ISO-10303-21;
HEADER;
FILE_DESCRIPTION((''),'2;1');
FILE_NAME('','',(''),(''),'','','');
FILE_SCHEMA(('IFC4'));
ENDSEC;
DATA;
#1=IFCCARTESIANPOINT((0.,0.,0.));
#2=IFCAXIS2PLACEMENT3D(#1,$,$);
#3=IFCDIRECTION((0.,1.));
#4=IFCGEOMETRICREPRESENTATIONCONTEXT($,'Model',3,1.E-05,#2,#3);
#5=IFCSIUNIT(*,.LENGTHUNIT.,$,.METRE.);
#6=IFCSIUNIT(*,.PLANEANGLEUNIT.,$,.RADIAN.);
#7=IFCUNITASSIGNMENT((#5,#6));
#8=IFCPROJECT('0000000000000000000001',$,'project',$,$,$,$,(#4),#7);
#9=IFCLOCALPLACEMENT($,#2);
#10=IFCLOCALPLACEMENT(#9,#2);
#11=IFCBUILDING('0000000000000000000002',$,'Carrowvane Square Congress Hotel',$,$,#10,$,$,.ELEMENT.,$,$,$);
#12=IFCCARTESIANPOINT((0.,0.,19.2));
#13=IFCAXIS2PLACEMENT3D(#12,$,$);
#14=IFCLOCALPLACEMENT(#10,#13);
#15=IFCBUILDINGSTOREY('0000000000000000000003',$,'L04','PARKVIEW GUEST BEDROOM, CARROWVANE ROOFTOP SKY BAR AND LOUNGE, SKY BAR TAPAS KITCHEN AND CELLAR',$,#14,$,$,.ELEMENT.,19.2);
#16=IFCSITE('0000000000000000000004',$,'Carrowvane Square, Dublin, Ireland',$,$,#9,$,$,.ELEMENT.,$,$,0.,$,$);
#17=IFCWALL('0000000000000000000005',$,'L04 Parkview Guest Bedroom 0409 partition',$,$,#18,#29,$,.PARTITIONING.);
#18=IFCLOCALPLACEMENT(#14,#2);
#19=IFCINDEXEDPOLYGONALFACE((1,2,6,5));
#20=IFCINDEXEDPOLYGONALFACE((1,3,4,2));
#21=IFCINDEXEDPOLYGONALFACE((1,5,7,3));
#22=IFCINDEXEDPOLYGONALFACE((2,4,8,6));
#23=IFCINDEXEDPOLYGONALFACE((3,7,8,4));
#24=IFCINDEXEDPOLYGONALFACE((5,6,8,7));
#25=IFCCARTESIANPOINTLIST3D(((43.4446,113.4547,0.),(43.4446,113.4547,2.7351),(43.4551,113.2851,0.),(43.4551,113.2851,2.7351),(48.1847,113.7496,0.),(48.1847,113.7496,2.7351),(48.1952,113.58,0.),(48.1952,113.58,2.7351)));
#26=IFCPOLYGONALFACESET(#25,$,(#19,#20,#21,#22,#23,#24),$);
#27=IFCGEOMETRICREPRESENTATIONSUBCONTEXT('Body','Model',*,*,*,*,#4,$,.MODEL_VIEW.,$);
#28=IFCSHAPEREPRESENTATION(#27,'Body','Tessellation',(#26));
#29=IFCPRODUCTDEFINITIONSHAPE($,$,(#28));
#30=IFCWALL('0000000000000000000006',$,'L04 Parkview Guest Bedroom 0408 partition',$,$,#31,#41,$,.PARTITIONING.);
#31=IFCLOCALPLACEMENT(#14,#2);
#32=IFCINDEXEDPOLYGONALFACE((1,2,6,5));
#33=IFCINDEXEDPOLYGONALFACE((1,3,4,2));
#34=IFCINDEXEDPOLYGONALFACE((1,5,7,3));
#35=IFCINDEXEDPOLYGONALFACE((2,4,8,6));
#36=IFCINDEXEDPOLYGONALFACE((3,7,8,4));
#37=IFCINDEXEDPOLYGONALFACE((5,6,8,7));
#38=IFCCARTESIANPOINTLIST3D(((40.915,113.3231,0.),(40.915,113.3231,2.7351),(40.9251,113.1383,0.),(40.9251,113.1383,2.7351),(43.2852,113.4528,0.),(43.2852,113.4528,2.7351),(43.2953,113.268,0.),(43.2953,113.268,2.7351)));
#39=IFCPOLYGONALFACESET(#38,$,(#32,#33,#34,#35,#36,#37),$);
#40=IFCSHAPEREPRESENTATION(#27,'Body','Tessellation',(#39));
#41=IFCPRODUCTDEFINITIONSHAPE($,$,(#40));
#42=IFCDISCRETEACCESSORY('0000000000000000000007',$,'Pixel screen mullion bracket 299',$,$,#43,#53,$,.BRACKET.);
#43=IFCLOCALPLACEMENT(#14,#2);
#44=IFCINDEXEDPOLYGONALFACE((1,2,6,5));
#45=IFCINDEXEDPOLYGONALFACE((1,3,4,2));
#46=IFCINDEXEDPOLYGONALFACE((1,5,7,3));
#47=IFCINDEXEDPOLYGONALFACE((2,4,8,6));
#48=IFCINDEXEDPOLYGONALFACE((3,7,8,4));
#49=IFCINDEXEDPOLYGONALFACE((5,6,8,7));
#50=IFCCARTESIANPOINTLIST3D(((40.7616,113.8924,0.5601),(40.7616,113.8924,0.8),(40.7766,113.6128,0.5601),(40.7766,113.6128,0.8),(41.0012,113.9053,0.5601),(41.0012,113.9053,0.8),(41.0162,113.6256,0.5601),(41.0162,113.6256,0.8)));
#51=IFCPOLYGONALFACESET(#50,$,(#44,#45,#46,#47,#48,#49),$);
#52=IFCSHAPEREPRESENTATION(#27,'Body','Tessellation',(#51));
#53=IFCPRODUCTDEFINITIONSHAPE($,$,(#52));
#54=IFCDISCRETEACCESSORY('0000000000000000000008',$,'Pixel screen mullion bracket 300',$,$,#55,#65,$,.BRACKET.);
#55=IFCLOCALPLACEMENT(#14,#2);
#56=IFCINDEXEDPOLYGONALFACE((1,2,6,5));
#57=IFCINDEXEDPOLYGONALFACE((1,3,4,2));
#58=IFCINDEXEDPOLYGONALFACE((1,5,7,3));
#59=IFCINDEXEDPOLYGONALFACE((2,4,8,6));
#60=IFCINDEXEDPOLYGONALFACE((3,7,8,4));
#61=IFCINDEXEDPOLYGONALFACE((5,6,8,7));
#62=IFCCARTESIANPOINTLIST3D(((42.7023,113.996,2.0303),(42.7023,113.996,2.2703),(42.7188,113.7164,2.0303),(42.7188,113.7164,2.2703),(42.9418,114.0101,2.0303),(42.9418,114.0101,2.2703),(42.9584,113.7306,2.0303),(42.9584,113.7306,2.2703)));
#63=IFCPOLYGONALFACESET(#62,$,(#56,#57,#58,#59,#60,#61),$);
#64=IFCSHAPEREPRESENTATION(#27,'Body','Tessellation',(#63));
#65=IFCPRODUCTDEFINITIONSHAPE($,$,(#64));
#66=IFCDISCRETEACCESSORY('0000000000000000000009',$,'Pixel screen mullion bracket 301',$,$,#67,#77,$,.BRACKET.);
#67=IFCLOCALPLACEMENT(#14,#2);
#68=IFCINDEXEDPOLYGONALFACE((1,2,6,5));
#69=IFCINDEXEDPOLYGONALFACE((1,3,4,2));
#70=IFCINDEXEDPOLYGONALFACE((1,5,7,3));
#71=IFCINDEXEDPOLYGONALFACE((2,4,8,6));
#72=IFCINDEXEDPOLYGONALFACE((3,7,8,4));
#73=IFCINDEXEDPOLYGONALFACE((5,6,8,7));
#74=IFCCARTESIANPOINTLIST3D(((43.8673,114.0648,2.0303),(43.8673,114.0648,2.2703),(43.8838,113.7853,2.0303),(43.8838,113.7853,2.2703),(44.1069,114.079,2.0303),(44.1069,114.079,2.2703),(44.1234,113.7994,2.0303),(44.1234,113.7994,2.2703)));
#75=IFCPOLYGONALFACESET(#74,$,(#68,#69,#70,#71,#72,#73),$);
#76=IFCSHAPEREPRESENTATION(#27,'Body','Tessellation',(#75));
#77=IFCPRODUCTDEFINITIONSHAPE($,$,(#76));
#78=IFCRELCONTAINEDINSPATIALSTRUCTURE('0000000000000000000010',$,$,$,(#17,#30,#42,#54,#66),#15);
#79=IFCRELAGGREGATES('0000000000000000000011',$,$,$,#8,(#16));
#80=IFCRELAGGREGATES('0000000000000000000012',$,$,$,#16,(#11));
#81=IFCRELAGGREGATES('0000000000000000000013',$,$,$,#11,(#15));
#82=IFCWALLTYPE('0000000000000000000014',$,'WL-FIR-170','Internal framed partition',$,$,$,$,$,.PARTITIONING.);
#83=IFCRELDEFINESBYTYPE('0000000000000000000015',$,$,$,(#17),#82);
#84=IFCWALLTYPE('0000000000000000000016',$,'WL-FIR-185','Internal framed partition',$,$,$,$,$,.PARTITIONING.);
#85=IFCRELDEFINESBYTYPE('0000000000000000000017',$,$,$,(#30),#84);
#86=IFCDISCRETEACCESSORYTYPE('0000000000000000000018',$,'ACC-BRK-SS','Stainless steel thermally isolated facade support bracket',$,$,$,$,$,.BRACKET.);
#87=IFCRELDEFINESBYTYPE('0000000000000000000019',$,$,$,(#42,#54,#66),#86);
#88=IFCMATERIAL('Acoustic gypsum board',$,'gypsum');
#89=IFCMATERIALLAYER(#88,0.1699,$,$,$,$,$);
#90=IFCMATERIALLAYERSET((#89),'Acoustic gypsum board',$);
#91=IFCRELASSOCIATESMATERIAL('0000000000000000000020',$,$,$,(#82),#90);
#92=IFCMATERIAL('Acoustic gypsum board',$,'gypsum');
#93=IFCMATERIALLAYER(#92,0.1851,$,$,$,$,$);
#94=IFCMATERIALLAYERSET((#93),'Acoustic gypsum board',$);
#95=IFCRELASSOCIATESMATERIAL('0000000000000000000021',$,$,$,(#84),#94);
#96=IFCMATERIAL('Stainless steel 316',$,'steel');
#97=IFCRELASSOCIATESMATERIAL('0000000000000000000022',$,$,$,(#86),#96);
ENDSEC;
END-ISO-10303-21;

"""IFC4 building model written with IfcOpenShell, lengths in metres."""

from ifc_helpers import new_model, si_unit, direction, frame, frame_2d, origin, origin_2d, place, context, subcontext, project, spatial, rectangle, extrude, material, layer, layer_set, type_object, element, save


model = new_model("IFC4")

# Units and contexts
model_context = context("Model", 3, precision=1e-05, world=origin(), true_north=direction((0.0, 1.0)))
body_context = subcontext(model_context, "Body", "Model", "MODEL_VIEW")
ifc_project = project(units=[si_unit("LENGTHUNIT", "METRE"), si_unit("PLANEANGLEUNIT", "RADIAN")], contexts=[model_context])

# Site, building, storey
site_placement = place(None, origin())
site = spatial("IfcSite", under=ifc_project, at=site_placement, Name="Carrowvane Square, Dublin, Ireland", CompositionType="ELEMENT", RefElevation=0.0)
building_placement = place(site_placement, origin())
building = spatial("IfcBuilding", under=site, at=building_placement, Name="Carrowvane Square Congress Hotel", CompositionType="ELEMENT")
storey_placement = place(building_placement, frame((0.0, 0.0, 19.2)))
storey = spatial("IfcBuildingStorey", under=building, at=storey_placement, Name="L04", Description="PARKVIEW GUEST BEDROOM, CARROWVANE ROOFTOP SKY BAR AND LOUNGE, SKY BAR TAPAS KITCHEN AND CELLAR", CompositionType="ELEMENT", Elevation=19.2)

# Walls
ifc_material_1 = material(Name="Acoustic gypsum board", Category="gypsum")
ifc_layer_1 = layer(ifc_material_1, 0.1699)
ifc_layer_set_1 = layer_set([ifc_layer_1], Name="Acoustic gypsum board")
wall_type_1 = type_object("IfcWallType", Name="WL-FIR-170", Description="Internal framed partition", PredefinedType="PARTITIONING", material=ifc_layer_set_1)
wall_1_placement = place(storey_placement, frame((43.45, 113.3699, 0.0), z_axis=(0.0, 0.0, 1.0), x_axis=(0.99807, 0.0621, 0.0)))
element("IfcWall", 1, at=wall_1_placement, inside=storey, type_object=wall_type_1, Name="L04 Parkview Guest Bedroom 0409 partition", PredefinedType="PARTITIONING", context=body_context, shape_type="SweptSolid", body=[
    extrude(rectangle(XDim=4.7493, YDim=0.1699, at=frame_2d((2.3745, 0.0))), origin(), (0.0, 0.0, 1.0), 2.7351),
])
ifc_material_2 = material(Name="Acoustic gypsum board", Category="gypsum")
ifc_layer_2 = layer(ifc_material_2, 0.1851)
ifc_layer_set_2 = layer_set([ifc_layer_2], Name="Acoustic gypsum board")
wall_type_2 = type_object("IfcWallType", Name="WL-FIR-185", Description="Internal framed partition", PredefinedType="PARTITIONING", material=ifc_layer_set_2)
wall_2_placement = place(storey_placement, frame((40.9199, 113.2307, 0.0), z_axis=(0.0, 0.0, 1.0), x_axis=(0.998507, 0.054616, 0.0)))
element("IfcWall", 2, at=wall_2_placement, inside=storey, type_object=wall_type_2, Name="L04 Parkview Guest Bedroom 0408 partition", PredefinedType="PARTITIONING", context=body_context, shape_type="SweptSolid", body=[
    extrude(rectangle(XDim=2.3738, YDim=0.1851, at=frame_2d((1.187, 0.0))), origin(), (0.0, 0.0, 1.0), 2.7351),
])

# Discrete accessories
ifc_material_3 = material(Name="Stainless steel 316", Category="steel")
discrete_accessory_type = type_object("IfcDiscreteAccessoryType", Name="ACC-BRK-SS", Description="Stainless steel thermally isolated facade support bracket", PredefinedType="BRACKET", material=ifc_material_3)
for number, where, z_axis, x_axis, name in (
    (3, (40.8889, 113.759, 0.5601), (0.0, 0.0, 1.0), (0.998567, 0.053517, 0.0), "Pixel screen mullion bracket 299"),
    (4, (42.8303, 113.8633, 2.0303), (0.0, 0.0, 1.0), (0.998259, 0.058985, 0.0), "Pixel screen mullion bracket 300"),
    (5, (43.9954, 113.9321, 2.0303), (0.0, 0.0, 1.0), (0.998259, 0.058985, 0.0), "Pixel screen mullion bracket 301"),
):
    element("IfcDiscreteAccessory", number, at=place(storey_placement, frame(where, z_axis=z_axis, x_axis=x_axis)), inside=storey, type_object=discrete_accessory_type, Name=name, PredefinedType="BRACKET", context=body_context, shape_type="SweptSolid", body=[
        extrude(rectangle(XDim=0.24, YDim=0.28, at=origin_2d()), origin(), (0.0, 0.0, 1.0), 0.24),
    ])

save(model, "model.ifc")
